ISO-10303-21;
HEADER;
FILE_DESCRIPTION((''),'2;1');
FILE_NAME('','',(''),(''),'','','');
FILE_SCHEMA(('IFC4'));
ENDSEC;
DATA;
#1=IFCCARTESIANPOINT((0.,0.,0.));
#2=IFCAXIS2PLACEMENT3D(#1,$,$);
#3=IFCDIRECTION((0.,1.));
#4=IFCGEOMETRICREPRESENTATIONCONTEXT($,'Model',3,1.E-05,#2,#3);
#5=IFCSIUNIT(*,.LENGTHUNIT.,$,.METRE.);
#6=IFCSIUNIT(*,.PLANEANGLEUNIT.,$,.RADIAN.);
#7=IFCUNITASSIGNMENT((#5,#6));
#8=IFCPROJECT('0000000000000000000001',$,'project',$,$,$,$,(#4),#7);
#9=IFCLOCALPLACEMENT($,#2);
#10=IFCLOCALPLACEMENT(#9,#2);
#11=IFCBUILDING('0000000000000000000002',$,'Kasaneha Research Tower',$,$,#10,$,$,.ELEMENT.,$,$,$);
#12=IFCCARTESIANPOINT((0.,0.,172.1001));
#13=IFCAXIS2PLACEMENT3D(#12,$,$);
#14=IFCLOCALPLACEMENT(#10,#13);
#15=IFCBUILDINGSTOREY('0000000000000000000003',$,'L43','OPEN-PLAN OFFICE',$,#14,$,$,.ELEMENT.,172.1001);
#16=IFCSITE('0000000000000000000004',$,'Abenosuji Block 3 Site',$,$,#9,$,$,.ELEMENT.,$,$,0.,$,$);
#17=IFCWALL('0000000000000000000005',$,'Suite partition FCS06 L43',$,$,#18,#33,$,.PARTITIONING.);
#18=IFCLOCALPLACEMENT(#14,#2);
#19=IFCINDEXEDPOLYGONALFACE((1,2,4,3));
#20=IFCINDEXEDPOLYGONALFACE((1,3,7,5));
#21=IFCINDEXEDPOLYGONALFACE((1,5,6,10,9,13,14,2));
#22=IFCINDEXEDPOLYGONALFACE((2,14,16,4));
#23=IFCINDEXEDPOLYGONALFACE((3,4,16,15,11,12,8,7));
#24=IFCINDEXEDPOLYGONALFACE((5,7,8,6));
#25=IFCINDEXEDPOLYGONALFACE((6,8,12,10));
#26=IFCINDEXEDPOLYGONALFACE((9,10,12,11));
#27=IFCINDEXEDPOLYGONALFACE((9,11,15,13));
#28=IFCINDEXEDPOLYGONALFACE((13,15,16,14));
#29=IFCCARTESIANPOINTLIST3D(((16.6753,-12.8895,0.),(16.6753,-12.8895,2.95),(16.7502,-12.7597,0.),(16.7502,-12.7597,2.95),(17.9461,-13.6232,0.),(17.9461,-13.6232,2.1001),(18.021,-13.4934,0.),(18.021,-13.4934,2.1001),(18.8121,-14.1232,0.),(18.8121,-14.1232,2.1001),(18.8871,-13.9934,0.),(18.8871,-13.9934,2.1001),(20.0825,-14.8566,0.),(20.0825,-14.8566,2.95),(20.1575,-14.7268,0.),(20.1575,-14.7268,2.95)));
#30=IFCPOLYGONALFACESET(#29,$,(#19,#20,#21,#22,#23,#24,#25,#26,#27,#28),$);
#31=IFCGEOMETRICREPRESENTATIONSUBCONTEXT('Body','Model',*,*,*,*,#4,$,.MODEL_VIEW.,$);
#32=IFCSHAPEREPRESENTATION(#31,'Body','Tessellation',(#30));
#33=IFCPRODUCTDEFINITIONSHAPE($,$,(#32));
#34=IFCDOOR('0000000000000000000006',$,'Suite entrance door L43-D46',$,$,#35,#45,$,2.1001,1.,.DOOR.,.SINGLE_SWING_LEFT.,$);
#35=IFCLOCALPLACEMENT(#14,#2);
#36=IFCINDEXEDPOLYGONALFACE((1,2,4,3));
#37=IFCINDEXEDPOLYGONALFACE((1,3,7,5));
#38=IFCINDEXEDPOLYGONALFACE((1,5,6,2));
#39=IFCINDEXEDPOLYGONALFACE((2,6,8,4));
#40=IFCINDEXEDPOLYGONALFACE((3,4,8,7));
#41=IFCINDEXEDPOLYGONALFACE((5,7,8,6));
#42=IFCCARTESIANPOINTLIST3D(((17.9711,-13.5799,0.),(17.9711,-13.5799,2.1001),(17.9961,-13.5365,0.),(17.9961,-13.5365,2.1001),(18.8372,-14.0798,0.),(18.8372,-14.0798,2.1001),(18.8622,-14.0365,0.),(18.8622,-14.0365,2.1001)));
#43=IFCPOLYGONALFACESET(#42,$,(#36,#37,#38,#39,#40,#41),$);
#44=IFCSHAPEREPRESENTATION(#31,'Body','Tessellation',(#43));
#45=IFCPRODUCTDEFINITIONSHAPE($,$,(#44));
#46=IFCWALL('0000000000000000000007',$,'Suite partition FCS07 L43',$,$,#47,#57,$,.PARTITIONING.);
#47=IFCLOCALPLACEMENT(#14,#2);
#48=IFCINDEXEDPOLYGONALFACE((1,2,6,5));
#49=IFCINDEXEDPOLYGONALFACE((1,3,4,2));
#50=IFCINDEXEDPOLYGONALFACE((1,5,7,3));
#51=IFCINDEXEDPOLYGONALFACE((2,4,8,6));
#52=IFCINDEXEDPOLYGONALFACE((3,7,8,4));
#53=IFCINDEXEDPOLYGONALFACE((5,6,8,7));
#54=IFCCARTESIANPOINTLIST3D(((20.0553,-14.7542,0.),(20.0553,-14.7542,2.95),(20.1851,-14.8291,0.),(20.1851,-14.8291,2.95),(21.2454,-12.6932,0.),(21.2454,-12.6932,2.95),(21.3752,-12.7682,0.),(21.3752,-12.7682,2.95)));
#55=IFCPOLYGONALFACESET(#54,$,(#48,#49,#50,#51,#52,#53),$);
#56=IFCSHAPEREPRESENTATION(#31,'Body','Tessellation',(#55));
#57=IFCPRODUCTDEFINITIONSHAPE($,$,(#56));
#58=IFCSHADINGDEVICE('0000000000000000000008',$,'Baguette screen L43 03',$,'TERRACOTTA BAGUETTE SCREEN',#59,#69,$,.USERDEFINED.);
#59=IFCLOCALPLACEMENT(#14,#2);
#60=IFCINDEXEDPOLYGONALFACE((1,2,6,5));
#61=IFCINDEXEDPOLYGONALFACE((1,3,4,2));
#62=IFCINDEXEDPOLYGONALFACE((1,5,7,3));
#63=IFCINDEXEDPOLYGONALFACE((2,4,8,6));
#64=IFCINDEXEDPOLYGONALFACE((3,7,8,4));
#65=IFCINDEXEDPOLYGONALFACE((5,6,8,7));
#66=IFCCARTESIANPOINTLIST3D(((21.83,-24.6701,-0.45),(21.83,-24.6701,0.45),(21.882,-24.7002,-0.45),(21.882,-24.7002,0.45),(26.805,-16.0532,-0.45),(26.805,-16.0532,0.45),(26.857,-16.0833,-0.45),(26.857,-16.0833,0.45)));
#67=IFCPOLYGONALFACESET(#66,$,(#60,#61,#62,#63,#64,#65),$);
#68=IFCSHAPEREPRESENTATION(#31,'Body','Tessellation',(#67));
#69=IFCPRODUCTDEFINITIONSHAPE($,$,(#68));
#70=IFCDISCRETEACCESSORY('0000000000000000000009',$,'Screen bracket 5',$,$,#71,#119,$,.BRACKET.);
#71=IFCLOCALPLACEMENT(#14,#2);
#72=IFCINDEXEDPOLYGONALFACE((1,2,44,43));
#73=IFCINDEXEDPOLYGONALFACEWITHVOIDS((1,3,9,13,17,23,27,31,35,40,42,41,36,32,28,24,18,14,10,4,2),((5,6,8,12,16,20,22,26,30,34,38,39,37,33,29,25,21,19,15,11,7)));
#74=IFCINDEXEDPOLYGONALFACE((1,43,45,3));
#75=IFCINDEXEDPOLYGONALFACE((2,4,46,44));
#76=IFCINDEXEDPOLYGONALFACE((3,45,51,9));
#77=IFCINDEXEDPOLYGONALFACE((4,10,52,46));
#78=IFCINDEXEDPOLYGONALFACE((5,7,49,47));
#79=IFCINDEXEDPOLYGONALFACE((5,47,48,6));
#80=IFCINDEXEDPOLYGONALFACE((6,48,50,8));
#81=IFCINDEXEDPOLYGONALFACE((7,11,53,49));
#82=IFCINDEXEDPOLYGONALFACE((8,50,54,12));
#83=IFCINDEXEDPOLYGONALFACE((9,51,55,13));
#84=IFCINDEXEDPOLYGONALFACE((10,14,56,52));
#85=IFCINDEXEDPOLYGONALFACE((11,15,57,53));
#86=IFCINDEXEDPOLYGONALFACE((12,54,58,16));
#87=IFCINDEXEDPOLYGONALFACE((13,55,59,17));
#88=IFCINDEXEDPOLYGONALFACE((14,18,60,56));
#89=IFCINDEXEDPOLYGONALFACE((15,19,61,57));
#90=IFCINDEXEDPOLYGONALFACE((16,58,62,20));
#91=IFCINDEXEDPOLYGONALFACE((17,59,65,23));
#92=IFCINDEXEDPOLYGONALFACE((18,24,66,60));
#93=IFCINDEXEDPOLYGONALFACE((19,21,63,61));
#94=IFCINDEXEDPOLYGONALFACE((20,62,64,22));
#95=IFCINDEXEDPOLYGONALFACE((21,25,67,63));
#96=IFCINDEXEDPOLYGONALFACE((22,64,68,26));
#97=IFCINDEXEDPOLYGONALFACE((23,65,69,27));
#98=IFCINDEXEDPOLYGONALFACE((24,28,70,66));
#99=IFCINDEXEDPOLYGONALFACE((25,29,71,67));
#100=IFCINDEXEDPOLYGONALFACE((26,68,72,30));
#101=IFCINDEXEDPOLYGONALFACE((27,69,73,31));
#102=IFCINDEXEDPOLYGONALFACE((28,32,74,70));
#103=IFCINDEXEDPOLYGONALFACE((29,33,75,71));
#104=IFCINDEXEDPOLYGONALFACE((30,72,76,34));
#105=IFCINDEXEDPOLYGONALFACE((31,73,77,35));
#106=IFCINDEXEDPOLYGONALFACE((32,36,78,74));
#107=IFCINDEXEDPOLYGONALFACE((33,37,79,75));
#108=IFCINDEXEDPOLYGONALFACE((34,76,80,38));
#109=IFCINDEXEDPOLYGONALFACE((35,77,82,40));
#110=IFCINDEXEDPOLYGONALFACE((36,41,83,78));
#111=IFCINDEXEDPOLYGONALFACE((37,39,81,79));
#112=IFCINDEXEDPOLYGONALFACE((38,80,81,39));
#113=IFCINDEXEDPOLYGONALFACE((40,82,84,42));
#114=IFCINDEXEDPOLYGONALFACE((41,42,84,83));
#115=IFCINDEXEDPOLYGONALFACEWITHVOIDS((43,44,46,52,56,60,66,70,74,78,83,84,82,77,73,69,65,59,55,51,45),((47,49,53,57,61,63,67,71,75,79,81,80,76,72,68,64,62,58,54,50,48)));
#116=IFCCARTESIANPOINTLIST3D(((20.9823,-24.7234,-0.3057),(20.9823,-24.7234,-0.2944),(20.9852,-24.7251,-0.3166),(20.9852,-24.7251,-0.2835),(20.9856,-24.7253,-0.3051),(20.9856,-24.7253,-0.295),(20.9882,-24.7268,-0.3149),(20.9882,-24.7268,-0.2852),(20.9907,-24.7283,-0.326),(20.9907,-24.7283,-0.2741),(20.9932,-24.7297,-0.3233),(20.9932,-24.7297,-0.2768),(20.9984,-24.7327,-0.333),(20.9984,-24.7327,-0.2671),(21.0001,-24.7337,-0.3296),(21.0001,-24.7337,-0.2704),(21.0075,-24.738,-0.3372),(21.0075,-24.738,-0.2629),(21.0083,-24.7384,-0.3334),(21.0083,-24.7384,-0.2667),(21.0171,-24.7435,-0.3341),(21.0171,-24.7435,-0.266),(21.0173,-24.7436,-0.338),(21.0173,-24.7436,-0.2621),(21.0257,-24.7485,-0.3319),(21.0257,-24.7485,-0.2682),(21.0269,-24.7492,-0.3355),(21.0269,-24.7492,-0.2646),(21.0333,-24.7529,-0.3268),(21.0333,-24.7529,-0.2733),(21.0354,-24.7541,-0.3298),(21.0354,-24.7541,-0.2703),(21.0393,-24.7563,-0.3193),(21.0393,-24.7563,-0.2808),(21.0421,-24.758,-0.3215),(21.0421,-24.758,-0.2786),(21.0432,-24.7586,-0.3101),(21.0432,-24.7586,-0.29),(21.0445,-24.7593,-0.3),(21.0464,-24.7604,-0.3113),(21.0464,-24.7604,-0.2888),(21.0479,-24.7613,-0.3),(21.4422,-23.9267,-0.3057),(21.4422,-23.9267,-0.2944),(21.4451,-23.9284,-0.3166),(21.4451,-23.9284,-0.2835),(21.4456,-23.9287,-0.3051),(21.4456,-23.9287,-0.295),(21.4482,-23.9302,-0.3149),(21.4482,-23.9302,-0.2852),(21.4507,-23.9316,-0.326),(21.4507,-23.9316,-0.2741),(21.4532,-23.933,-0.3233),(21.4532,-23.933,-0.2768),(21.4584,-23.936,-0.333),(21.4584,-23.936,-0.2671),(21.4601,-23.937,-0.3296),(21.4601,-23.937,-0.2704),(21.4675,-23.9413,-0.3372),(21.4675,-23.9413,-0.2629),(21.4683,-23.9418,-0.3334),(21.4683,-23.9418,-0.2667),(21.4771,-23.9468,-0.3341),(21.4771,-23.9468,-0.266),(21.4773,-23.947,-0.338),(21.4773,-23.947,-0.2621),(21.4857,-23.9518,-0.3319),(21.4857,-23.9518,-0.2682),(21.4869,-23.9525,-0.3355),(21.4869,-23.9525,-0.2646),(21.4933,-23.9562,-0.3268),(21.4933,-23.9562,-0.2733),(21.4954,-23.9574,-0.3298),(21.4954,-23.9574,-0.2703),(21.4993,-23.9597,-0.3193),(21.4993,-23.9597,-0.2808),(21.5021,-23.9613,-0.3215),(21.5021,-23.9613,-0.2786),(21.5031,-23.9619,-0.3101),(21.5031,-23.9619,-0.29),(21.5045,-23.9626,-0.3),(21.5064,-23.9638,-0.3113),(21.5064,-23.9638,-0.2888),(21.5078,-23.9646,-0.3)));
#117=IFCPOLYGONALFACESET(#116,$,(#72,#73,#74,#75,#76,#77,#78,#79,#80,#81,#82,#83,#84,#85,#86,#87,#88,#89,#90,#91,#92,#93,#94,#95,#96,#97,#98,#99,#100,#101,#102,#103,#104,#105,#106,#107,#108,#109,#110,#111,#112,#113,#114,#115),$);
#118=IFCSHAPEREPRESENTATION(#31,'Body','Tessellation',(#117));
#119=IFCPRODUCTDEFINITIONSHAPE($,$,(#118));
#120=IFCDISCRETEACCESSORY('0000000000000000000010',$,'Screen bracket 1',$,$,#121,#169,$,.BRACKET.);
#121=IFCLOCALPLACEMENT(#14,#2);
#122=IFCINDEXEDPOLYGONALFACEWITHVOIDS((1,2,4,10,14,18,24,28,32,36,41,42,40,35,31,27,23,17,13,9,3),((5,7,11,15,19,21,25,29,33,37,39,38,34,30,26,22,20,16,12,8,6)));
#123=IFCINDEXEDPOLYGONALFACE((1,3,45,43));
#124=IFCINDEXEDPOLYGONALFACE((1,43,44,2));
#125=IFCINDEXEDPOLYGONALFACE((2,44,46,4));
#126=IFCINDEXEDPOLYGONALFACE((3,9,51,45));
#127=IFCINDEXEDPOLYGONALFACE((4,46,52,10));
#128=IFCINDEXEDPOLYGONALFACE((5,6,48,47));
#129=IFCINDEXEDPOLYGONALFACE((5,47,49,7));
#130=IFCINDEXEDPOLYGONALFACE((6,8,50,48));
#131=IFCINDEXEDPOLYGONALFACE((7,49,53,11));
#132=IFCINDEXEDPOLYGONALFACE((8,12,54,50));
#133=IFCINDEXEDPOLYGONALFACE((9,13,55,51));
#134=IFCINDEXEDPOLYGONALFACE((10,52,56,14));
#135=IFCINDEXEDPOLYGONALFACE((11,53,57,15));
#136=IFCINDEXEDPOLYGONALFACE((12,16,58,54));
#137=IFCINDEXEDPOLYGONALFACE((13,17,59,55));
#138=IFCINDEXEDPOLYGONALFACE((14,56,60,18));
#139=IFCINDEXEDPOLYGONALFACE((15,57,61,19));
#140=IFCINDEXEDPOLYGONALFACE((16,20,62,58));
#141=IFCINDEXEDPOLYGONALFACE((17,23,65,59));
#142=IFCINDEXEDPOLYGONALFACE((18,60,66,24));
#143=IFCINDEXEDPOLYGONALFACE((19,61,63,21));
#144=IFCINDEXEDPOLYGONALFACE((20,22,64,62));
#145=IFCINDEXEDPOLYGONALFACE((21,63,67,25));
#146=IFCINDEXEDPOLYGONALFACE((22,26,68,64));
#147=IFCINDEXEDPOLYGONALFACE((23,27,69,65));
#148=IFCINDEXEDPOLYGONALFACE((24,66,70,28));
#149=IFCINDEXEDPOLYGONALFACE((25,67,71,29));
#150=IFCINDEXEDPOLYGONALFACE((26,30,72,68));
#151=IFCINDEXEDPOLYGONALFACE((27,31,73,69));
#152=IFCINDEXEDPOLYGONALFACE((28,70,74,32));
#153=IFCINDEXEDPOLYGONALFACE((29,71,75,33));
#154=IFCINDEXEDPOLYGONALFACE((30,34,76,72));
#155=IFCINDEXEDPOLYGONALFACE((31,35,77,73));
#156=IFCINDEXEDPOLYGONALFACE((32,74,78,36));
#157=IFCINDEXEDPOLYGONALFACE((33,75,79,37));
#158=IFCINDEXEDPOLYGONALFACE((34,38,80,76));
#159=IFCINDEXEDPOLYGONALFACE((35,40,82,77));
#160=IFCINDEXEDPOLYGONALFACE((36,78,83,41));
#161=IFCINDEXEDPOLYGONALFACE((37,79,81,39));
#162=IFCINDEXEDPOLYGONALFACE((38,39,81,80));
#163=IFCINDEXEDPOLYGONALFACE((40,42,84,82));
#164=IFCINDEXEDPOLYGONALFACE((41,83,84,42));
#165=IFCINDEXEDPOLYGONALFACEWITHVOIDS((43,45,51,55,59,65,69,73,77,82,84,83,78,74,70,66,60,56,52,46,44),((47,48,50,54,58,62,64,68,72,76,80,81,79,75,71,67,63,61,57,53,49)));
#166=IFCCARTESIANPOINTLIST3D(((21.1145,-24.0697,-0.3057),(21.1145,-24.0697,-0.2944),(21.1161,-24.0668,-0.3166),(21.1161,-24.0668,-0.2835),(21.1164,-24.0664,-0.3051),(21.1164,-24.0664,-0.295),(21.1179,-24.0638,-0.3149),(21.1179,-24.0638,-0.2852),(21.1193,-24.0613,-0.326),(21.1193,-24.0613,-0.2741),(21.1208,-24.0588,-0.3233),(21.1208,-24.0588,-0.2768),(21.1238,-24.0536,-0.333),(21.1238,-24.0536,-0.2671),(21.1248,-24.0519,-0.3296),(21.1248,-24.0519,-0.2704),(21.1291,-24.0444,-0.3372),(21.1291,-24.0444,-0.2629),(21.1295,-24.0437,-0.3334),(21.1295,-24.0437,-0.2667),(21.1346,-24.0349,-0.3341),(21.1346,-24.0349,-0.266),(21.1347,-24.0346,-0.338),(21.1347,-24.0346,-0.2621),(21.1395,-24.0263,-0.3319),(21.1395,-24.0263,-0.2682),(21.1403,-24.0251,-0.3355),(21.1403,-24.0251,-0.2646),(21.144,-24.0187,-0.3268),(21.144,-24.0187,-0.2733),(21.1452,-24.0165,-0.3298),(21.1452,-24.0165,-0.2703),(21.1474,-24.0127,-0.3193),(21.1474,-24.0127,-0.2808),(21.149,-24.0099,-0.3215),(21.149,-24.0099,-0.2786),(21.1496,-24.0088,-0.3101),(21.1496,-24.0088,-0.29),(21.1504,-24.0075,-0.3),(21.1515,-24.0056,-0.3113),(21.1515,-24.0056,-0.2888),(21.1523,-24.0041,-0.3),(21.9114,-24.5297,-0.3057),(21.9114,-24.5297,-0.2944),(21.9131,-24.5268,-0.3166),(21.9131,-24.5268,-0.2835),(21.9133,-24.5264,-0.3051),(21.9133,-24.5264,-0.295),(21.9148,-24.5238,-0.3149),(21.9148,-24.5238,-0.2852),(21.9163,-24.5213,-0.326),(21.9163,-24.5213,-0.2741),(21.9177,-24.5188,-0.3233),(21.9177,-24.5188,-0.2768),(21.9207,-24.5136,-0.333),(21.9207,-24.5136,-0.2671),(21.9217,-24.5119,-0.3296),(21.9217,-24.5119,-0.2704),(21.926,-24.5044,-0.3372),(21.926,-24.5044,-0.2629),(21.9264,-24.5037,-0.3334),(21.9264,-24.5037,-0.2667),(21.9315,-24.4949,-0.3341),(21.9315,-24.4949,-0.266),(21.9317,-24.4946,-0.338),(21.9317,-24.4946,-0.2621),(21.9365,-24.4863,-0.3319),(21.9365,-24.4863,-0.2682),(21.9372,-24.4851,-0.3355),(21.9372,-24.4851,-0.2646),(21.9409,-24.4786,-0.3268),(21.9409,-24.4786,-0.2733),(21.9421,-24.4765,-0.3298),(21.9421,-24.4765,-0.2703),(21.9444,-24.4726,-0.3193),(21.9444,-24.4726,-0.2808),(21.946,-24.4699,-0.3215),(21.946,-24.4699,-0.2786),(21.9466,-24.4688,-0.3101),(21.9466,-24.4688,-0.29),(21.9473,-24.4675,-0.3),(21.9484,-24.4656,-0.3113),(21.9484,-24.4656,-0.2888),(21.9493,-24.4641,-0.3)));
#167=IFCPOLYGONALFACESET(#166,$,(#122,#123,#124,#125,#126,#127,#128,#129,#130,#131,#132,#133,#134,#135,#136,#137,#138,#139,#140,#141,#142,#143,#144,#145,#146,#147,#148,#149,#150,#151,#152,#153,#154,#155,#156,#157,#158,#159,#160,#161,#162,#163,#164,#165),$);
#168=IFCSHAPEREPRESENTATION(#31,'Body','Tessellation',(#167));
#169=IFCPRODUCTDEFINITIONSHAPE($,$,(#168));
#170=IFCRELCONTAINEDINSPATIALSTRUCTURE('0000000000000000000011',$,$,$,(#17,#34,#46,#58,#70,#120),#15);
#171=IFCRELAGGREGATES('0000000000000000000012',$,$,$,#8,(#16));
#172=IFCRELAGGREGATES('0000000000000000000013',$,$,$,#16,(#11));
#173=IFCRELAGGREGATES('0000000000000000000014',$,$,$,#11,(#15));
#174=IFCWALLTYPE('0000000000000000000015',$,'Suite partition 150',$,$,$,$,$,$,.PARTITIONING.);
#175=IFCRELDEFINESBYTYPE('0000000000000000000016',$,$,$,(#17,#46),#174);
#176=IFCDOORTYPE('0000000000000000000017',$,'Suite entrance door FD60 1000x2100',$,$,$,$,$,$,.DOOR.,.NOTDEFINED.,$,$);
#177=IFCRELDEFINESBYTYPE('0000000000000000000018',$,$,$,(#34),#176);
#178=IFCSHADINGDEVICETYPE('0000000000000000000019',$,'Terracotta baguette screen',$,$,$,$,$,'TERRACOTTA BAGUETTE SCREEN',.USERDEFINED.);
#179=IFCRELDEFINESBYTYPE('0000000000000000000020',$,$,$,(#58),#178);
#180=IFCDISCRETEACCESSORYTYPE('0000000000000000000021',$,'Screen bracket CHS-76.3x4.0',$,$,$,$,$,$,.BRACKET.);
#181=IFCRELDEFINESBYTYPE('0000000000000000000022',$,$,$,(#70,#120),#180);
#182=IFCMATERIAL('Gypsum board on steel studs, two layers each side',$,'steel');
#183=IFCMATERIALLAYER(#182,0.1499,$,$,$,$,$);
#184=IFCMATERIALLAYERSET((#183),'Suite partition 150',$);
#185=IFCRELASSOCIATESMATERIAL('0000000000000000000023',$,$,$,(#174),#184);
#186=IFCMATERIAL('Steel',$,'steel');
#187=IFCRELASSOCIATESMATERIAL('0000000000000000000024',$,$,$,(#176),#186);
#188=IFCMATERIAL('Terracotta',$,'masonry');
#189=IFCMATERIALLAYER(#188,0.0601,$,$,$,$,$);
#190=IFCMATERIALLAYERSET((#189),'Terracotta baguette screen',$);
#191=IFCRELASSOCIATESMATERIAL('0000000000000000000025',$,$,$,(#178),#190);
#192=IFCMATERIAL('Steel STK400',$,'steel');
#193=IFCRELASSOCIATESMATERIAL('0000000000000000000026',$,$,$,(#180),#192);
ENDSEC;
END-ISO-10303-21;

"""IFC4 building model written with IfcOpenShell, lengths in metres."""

from ifc_helpers import new_model, si_unit, direction, frame, frame_2d, origin, origin_2d, place, context, subcontext, project, spatial, rectangle, hollow_circle, extrude, material, layer, layer_set, material_profile, profile_set, type_object, element, fill, save


model = new_model("IFC4")

# Units and contexts
model_context = context("Model", 3, precision=1e-05, world=origin(), true_north=direction((0.0, 1.0)))
body_context = subcontext(model_context, "Body", "Model", "MODEL_VIEW")
ifc_project = project(units=[si_unit("LENGTHUNIT", "METRE"), si_unit("PLANEANGLEUNIT", "RADIAN")], contexts=[model_context])

# Site, building, storey
site_placement = place(None, origin())
site = spatial("IfcSite", under=ifc_project, at=site_placement, Name="Abenosuji Block 3 Site", CompositionType="ELEMENT", RefElevation=0.0)
building_placement = place(site_placement, origin())
building = spatial("IfcBuilding", under=site, at=building_placement, Name="Kasaneha Research Tower", CompositionType="ELEMENT")
storey_placement = place(building_placement, frame((0.0, 0.0, 172.1001)))
storey = spatial("IfcBuildingStorey", under=building, at=storey_placement, Name="L43", Description="OPEN-PLAN OFFICE", CompositionType="ELEMENT", Elevation=172.1001)

# Wall, opening, door
ifc_material_1 = material(Name="Gypsum board on steel studs, two layers each side", Category="steel")
ifc_layer_1 = layer(ifc_material_1, 0.1499)
ifc_layer_set_1 = layer_set([ifc_layer_1], Name="Suite partition 150")
wall_type_1 = type_object("IfcWallType", Name="Suite partition 150", PredefinedType="PARTITIONING", material=ifc_layer_set_1)
wall_1_placement = place(storey_placement, frame((20.1201, -14.7917, 0.0), z_axis=(0.0, 0.0, 1.0), x_axis=(-0.866039, 0.499977, 0.0)))
wall_1 = element("IfcWall", 1, at=wall_1_placement, inside=storey, type_object=wall_type_1, Name="Suite partition FCS06 L43", PredefinedType="PARTITIONING", context=body_context, shape_type="SweptSolid", body=[
    extrude(rectangle(XDim=3.9343, YDim=0.1499, at=frame_2d((1.9673, 0.0))), origin(), (0.0, 0.0, 1.0), 2.95),
])
opening_1_placement = place(wall_1_placement, frame((1.467, 0.0, 0.0)))
opening_1 = element("IfcOpeningElement", 2, at=opening_1_placement, cuts=wall_1, PredefinedType="OPENING", context=body_context, shape_type="SweptSolid", body=[
    extrude(rectangle(XDim=1.0, YDim=2.1001, at=frame_2d((0.5, 1.05))), frame((0.0, 0.085, 0.0), z_axis=(0.0, -1.0, 0.0), x_axis=(1.0, 0.0, 0.0)), (0.0, 0.0, 1.0), 0.1699),
])
ifc_material_2 = material(Name="Steel", Category="steel")
door_type_1 = type_object("IfcDoorType", Name="Suite entrance door FD60 1000x2100", OperationType="NOTDEFINED", PredefinedType="DOOR", material=ifc_material_2)
door_1_placement = place(opening_1_placement, origin())
door_1 = element("IfcDoor", 3, at=door_1_placement, inside=storey, type_object=door_type_1, Name="Suite entrance door L43-D46", OperationType="SINGLE_SWING_LEFT", OverallHeight=2.1001, OverallWidth=1.0, PredefinedType="DOOR", context=body_context, shape_type="SweptSolid", body=[
    extrude(rectangle(XDim=1.0, YDim=2.1001, at=frame_2d((0.5, 1.05))), frame((0.0, 0.0249, 0.0), z_axis=(0.0, -1.0, 0.0), x_axis=(1.0, 0.0, 0.0)), (0.0, 0.0, 1.0), 0.05),
])
fill(opening_1, door_1)

# Wall
wall_2_placement = place(storey_placement, frame((21.3103, -12.7307, 0.0), z_axis=(0.0, 0.0, 1.0), x_axis=(-0.500078, -0.865981, 0.0)))
element("IfcWall", 4, at=wall_2_placement, inside=storey, type_object=wall_type_1, Name="Suite partition FCS07 L43", PredefinedType="PARTITIONING", context=body_context, shape_type="SweptSolid", body=[
    extrude(rectangle(XDim=2.3799, YDim=0.1499, at=frame_2d((1.1899, 0.0))), origin(), (0.0, 0.0, 1.0), 2.95),
])

# Shading device
ifc_material_3 = material(Name="Terracotta", Category="masonry")
ifc_layer_2 = layer(ifc_material_3, 0.0601)
ifc_layer_set_2 = layer_set([ifc_layer_2], Name="Terracotta baguette screen")
shading_device_type = type_object("IfcShadingDeviceType", Name="Terracotta baguette screen", ElementType="TERRACOTTA BAGUETTE SCREEN", PredefinedType="USERDEFINED", material=ifc_layer_set_2)
shading_device_placement = place(storey_placement, frame((24.3435, -20.3767, -0.45), z_axis=(0.0, 0.0, 1.0), x_axis=(0.5, 0.866025, 0.0)))
element("IfcShadingDevice", 5, at=shading_device_placement, inside=storey, type_object=shading_device_type, Name="Baguette screen L43 03", ObjectType="TERRACOTTA BAGUETTE SCREEN", PredefinedType="USERDEFINED", context=body_context, shape_type="SweptSolid", body=[
    extrude(rectangle(XDim=9.95, YDim=0.0601, at=origin_2d()), origin(), (0.0, 0.0, 1.0), 0.8999),
])

# Discrete accessories
ifc_material_4 = material(Name="Steel STK400", Category="steel")
ifc_material_profile_1 = material_profile(ifc_material_4, hollow_circle(Radius=0.0381, WallThickness=0.0039, at=origin_2d()), Name="CHS-76.3x4.0")
ifc_profile_set_1 = profile_set([ifc_material_profile_1], Name="Steel STK400")
discrete_accessory_type = type_object("IfcDiscreteAccessoryType", Name="Screen bracket CHS-76.3x4.0", PredefinedType="BRACKET", material=ifc_profile_set_1)
discrete_accessory_1_placement = place(storey_placement, frame((21.4749, -23.9456, -0.3), z_axis=(-0.500021, -0.866013, 0.0), x_axis=(0.866013, -0.500021, 0.0)))
element("IfcDiscreteAccessory", 6, at=discrete_accessory_1_placement, inside=storey, type_object=discrete_accessory_type, Name="Screen bracket 5", PredefinedType="BRACKET", context=body_context, shape_type="SweptSolid", body=[
    extrude(hollow_circle(Radius=0.0381, WallThickness=0.0039, at=origin_2d()), origin(), (0.0, 0.0, 1.0), 0.9199),
])
discrete_accessory_2_placement = place(storey_placement, frame((21.1333, -24.0371, -0.3), z_axis=(0.86608, -0.499906, 0.0), x_axis=(0.499906, 0.86608, 0.0)))
element("IfcDiscreteAccessory", 7, at=discrete_accessory_2_placement, inside=storey, type_object=discrete_accessory_type, Name="Screen bracket 1", PredefinedType="BRACKET", context=body_context, shape_type="SweptSolid", body=[
    extrude(hollow_circle(Radius=0.0381, WallThickness=0.0039, at=origin_2d()), origin(), (0.0, 0.0, 1.0), 0.9202),
])

save(model, "model.ifc")
